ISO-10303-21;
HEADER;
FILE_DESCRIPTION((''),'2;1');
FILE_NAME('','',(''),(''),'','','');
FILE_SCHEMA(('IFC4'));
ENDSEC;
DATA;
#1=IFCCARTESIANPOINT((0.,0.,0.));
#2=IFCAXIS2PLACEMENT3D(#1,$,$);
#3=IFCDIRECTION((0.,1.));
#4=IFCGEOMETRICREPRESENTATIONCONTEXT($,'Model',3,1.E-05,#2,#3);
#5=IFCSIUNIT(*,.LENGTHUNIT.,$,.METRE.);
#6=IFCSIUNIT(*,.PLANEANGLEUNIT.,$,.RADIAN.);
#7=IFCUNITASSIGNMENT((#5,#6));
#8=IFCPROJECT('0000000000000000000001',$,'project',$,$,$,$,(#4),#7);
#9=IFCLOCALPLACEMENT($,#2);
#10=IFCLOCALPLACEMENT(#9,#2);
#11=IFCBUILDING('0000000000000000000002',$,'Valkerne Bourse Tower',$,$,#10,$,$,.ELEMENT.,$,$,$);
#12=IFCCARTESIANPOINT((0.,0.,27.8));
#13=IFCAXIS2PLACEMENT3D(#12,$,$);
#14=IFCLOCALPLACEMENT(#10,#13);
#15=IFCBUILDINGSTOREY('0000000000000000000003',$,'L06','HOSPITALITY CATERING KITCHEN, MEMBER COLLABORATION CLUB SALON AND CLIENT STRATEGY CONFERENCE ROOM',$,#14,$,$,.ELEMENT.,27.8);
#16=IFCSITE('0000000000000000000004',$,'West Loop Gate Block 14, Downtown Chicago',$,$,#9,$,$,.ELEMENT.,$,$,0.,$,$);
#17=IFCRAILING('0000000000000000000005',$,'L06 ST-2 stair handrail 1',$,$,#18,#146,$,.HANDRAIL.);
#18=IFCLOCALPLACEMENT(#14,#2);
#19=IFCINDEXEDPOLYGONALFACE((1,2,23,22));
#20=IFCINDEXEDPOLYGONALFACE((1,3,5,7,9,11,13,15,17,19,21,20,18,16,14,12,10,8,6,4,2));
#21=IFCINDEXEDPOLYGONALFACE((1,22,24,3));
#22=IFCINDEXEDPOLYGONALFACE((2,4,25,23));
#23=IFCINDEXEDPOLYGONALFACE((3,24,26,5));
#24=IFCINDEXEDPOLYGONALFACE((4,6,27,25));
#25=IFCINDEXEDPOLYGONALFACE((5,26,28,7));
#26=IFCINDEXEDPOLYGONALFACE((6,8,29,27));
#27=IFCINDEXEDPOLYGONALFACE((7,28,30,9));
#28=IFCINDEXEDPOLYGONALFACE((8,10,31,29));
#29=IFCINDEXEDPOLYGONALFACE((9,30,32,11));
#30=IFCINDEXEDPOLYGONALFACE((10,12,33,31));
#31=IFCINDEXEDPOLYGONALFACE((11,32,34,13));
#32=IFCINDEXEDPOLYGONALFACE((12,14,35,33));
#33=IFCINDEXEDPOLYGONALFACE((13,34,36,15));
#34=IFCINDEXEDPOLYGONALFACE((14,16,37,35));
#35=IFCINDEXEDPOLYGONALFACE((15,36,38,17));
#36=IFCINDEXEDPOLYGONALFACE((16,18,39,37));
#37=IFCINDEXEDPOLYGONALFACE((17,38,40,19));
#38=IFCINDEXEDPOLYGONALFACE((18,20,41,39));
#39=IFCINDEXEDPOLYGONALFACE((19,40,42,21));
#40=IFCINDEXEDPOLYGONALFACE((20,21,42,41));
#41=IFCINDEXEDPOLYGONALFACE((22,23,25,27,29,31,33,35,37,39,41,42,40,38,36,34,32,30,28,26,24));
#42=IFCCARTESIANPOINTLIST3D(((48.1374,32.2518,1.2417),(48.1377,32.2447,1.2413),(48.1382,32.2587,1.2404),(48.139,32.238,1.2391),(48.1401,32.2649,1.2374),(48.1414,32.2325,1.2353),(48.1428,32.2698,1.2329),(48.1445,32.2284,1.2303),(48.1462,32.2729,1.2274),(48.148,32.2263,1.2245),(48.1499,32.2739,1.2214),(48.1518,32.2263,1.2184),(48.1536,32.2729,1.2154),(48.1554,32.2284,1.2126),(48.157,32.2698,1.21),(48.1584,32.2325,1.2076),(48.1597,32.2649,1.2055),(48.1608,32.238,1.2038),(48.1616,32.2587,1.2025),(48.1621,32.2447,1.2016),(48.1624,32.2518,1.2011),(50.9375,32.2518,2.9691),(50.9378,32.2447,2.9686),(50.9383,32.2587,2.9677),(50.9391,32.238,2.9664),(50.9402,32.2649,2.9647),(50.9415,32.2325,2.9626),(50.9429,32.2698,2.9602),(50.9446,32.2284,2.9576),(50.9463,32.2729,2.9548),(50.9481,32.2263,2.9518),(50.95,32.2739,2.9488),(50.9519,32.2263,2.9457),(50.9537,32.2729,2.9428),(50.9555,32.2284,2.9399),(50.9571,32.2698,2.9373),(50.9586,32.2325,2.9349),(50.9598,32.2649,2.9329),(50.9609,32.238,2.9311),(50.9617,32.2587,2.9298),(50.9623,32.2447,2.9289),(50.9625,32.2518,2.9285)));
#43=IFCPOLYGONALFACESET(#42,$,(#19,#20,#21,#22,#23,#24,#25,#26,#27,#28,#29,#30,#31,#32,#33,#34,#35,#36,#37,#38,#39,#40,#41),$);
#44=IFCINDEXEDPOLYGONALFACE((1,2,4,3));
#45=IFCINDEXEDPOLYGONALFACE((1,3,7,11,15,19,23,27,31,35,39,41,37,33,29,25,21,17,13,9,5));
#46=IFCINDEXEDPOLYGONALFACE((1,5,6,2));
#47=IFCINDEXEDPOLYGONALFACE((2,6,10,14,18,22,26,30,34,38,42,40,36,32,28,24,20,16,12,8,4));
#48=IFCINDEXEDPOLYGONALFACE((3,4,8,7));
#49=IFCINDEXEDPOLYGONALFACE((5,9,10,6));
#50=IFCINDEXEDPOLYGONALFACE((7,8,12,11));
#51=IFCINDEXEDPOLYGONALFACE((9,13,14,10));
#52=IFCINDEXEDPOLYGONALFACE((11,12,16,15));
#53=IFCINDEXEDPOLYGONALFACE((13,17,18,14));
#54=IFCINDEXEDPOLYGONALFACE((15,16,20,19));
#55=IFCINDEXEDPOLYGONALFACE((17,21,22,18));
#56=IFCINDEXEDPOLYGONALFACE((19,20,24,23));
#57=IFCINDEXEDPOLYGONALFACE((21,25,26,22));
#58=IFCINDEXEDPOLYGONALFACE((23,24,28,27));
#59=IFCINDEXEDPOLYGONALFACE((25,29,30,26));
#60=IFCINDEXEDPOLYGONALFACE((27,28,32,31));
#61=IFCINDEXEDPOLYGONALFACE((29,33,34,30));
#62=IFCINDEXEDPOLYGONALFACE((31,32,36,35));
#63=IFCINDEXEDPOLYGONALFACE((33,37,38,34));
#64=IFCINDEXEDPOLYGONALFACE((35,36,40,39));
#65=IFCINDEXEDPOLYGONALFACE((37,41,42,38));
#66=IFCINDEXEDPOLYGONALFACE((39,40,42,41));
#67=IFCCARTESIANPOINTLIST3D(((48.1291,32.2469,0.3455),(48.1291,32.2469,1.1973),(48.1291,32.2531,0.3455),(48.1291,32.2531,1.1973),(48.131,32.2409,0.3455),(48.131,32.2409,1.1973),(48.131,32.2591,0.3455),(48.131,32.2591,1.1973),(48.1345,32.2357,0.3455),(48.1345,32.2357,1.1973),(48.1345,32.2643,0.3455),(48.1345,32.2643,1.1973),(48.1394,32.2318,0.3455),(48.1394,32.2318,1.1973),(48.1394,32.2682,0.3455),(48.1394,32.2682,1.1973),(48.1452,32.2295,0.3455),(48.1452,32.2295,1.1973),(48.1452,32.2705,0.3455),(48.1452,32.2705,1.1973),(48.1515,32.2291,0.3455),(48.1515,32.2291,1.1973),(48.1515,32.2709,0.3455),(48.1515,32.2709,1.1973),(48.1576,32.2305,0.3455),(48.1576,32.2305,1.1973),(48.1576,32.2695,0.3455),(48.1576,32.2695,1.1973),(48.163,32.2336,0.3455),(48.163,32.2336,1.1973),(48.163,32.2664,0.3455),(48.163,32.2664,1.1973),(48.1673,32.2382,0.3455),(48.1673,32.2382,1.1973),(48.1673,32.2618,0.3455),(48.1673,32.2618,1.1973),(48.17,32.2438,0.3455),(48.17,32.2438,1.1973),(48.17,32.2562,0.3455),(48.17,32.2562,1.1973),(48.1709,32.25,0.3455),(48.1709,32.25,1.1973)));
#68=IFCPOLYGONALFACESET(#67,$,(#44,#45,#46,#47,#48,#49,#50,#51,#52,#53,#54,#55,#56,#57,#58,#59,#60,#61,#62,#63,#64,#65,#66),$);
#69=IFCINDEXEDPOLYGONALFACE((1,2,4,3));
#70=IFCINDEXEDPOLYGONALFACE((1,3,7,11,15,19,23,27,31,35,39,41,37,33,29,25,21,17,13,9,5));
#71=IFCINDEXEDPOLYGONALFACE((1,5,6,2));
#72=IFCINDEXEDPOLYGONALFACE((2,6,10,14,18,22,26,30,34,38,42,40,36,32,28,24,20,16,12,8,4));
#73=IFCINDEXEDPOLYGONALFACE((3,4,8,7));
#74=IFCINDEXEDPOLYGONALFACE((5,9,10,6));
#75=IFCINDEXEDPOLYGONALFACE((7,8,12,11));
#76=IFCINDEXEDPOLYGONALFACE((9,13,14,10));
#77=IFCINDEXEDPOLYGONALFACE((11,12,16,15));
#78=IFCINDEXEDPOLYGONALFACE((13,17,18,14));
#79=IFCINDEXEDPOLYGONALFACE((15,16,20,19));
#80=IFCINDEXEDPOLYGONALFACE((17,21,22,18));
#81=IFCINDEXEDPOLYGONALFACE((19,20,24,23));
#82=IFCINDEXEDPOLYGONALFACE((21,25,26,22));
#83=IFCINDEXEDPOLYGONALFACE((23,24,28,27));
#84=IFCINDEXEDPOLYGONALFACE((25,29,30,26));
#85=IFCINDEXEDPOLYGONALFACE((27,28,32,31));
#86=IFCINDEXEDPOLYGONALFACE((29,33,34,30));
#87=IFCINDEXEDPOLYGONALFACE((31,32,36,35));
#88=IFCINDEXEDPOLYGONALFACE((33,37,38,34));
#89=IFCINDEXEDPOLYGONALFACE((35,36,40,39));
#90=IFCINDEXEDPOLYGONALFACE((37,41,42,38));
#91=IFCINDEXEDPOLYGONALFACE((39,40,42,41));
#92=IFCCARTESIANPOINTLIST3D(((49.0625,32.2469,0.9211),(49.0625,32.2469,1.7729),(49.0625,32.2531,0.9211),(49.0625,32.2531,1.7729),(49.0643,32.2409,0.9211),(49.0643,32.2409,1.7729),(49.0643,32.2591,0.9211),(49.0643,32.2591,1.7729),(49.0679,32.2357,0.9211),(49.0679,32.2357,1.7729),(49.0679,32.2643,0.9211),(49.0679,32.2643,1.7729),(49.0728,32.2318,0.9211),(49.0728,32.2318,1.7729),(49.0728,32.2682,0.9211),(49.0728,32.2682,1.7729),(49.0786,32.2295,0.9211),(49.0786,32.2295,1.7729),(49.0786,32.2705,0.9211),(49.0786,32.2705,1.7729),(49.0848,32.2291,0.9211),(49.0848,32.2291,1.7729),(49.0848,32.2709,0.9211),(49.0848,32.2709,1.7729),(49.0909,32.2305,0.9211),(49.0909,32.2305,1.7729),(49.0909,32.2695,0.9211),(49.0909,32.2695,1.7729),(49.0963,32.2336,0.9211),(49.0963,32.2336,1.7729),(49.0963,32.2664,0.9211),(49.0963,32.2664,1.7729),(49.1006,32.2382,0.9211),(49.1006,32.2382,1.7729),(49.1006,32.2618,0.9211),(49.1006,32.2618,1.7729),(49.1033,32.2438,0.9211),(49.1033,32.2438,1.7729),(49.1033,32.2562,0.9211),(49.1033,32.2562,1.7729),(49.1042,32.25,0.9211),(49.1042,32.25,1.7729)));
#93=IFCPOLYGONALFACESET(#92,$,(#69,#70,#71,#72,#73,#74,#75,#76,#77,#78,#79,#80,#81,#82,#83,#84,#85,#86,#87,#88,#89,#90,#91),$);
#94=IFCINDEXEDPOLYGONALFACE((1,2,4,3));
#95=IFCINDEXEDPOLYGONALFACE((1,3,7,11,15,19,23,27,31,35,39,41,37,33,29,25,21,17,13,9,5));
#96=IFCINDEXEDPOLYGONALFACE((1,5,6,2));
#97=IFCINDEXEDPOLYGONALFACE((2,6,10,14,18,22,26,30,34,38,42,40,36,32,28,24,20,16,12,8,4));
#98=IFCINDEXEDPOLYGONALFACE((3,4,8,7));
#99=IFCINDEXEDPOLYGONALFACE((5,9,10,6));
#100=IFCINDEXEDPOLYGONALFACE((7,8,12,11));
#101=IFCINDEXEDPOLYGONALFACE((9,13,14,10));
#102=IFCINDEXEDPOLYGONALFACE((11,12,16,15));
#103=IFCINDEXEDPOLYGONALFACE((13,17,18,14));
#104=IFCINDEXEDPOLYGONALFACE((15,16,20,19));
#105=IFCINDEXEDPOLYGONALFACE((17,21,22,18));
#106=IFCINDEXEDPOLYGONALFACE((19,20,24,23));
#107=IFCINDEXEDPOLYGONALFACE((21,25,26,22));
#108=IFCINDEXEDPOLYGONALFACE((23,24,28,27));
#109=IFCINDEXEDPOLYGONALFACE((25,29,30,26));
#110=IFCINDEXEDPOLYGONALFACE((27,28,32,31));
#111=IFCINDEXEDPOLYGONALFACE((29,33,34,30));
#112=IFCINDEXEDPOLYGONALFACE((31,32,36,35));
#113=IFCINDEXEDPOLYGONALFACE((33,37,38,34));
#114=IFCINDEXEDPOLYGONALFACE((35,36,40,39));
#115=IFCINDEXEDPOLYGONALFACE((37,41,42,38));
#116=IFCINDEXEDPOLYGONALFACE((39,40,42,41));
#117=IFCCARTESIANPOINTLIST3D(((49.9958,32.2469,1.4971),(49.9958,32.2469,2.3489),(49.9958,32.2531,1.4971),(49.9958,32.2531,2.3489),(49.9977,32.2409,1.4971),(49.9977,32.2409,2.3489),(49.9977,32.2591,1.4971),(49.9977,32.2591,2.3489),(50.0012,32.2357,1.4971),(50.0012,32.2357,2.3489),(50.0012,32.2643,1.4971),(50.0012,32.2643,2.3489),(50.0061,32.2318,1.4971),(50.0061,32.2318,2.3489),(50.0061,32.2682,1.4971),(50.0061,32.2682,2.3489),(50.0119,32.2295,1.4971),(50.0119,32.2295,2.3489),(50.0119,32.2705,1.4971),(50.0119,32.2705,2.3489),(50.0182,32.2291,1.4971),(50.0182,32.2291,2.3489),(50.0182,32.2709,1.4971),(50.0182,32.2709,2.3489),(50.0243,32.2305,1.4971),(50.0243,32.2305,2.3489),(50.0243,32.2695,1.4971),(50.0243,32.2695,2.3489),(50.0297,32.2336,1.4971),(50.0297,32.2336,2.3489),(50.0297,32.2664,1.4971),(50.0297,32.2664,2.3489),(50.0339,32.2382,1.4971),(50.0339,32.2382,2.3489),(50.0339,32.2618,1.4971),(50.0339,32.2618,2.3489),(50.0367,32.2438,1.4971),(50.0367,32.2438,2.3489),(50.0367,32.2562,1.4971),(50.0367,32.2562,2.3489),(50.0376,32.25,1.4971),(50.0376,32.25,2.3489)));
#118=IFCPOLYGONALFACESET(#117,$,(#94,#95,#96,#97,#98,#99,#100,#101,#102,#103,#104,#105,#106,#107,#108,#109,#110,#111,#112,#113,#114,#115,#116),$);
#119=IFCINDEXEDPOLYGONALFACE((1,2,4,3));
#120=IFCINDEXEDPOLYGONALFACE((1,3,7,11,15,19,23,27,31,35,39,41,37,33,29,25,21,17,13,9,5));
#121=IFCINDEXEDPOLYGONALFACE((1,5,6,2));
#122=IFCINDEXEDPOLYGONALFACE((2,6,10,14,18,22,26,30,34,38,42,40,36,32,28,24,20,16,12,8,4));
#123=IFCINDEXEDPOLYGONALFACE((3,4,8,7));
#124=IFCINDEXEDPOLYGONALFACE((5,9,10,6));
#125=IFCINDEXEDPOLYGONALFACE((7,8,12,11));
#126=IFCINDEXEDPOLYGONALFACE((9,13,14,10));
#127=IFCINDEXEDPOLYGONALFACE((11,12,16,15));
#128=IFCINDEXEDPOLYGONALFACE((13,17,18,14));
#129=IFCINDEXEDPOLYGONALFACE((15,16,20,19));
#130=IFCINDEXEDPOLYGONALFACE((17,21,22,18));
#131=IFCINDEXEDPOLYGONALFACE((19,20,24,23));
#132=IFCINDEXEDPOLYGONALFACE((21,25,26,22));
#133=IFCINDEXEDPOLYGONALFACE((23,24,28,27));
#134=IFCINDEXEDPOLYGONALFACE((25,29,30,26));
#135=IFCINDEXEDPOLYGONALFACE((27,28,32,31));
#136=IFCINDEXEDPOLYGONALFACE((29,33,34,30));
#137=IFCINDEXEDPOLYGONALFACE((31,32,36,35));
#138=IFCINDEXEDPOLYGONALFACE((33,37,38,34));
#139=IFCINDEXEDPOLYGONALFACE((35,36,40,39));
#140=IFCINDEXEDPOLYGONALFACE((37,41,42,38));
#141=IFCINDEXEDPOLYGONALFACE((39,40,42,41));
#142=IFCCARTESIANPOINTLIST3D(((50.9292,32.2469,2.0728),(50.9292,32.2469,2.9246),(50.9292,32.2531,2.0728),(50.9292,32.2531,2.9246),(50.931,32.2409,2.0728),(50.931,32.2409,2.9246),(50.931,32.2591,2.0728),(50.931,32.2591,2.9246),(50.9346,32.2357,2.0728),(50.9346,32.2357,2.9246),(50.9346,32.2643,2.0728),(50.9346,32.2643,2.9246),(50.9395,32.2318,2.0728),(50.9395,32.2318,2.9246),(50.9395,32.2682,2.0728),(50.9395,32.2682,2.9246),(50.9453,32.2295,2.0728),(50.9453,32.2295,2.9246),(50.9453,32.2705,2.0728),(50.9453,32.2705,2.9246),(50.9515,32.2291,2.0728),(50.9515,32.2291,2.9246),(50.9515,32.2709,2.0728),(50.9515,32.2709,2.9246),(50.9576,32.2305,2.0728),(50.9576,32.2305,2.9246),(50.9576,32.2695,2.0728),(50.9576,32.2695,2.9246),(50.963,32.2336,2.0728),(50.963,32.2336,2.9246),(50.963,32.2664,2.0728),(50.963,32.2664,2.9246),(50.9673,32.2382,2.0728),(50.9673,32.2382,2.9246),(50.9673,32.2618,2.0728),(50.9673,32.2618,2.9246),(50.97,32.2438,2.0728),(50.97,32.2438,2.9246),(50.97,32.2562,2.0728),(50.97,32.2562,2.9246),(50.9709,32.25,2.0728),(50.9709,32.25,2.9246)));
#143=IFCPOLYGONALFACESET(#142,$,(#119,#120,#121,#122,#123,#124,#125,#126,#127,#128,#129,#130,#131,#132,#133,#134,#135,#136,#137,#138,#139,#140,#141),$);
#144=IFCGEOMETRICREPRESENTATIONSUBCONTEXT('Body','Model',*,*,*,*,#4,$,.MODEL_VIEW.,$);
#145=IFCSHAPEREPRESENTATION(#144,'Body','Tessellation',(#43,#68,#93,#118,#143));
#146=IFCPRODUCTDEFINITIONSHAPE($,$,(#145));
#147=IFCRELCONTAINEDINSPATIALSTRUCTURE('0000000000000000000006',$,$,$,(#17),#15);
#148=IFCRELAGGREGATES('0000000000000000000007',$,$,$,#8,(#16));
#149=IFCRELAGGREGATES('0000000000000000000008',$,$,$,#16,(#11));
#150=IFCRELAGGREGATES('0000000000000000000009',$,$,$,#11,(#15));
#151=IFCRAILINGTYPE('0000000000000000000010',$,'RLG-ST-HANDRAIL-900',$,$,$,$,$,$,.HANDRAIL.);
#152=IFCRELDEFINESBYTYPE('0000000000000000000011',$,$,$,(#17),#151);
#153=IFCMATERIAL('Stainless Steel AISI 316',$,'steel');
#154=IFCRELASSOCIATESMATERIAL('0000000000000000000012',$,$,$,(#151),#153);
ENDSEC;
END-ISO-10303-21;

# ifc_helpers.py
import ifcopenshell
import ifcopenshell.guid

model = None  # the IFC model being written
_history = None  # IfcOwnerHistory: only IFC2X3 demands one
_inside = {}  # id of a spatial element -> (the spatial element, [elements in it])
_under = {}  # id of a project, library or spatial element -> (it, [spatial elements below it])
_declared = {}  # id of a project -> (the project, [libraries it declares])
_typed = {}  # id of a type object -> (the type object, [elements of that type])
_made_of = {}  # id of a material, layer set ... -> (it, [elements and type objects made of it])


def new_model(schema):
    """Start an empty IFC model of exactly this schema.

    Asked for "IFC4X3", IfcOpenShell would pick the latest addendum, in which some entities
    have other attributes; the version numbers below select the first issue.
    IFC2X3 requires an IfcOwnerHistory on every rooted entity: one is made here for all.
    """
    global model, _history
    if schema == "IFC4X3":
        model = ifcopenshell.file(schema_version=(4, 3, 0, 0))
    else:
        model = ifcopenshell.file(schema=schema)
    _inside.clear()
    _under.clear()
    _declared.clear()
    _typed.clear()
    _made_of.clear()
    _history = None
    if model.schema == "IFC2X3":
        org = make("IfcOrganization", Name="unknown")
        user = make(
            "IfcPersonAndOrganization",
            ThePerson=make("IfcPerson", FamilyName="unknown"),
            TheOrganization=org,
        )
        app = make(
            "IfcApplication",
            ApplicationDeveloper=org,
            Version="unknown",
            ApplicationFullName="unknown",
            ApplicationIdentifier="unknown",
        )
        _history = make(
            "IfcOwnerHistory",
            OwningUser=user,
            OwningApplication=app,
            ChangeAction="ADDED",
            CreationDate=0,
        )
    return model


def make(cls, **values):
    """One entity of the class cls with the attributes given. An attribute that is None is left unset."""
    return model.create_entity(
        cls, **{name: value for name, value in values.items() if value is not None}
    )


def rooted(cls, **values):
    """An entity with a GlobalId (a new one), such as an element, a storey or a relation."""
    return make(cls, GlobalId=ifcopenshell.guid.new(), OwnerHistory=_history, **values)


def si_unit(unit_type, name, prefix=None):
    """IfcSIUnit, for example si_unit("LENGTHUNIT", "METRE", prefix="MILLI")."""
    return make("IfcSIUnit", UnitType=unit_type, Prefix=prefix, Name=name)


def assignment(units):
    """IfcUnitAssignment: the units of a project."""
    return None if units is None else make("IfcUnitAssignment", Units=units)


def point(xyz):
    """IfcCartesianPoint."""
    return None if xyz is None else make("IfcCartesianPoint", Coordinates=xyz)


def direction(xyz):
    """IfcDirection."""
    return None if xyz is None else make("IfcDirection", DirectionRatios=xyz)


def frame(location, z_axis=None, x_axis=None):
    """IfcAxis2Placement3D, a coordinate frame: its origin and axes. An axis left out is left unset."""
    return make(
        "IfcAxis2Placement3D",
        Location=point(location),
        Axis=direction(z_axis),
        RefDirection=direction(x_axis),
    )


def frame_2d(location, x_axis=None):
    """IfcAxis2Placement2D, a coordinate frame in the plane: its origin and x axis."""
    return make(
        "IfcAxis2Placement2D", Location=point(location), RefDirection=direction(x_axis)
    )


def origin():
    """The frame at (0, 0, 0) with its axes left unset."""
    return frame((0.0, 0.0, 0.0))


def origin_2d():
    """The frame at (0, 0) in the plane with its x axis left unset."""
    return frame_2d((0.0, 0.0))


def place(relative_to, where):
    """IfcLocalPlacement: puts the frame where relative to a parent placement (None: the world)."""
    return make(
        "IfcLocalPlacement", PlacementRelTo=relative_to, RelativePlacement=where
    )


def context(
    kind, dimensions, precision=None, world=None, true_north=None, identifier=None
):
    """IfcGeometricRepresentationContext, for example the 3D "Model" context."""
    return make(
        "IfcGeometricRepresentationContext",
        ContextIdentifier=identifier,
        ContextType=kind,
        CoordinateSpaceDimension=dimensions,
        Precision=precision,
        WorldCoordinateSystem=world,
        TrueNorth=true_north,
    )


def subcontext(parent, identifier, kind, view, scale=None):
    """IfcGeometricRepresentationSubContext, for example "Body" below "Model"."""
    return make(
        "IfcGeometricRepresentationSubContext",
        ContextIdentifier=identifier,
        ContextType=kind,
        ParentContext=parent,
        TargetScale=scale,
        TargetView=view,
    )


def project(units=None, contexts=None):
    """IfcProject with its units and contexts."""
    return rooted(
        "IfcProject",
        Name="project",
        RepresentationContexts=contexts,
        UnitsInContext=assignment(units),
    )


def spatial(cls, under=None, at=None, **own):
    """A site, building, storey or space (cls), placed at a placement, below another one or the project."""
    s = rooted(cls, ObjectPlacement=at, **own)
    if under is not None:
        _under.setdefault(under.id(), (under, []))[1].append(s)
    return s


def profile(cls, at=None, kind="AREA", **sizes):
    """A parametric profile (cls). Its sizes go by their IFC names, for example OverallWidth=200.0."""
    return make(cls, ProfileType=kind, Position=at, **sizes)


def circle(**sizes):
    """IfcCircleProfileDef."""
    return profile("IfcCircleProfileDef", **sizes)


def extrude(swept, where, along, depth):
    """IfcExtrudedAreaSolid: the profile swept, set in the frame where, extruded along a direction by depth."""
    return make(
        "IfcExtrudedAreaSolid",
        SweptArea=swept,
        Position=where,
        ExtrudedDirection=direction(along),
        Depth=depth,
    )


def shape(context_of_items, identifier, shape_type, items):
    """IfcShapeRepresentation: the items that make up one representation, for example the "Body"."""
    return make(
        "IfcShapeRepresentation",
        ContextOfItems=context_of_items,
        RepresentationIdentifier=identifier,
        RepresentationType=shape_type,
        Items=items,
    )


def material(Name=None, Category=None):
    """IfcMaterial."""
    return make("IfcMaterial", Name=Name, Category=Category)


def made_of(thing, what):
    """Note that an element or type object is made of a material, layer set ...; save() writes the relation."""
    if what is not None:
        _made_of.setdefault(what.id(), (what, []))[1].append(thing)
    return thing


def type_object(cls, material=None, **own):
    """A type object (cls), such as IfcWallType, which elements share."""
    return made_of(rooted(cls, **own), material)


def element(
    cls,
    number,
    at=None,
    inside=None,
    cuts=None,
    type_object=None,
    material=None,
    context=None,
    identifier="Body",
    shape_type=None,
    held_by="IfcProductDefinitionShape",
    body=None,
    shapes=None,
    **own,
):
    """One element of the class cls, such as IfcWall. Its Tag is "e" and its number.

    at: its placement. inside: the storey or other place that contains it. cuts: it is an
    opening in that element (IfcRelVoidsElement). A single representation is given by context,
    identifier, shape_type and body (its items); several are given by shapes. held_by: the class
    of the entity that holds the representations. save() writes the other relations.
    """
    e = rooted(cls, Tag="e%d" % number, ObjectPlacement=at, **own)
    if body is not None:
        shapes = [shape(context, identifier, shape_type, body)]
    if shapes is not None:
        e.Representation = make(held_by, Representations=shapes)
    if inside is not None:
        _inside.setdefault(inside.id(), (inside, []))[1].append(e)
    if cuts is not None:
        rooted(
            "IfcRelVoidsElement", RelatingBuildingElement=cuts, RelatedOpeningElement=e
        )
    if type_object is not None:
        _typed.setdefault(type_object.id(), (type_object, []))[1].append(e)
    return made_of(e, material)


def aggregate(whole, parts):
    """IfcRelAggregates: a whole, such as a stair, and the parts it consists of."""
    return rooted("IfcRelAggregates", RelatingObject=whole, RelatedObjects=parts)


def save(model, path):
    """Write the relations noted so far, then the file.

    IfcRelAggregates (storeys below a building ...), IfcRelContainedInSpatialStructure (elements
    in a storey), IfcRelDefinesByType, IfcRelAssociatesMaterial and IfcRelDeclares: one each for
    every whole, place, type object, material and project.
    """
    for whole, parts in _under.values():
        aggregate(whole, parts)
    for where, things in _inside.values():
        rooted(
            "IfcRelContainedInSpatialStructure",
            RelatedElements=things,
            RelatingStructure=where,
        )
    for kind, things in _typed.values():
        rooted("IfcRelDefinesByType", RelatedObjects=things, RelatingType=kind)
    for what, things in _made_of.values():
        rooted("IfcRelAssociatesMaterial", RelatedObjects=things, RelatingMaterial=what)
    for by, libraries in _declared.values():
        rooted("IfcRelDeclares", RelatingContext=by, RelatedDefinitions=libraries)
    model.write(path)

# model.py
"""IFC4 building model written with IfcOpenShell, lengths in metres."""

from ifc_helpers import new_model, si_unit, direction, frame, origin, origin_2d, place, context, subcontext, project, spatial, circle, extrude, material, type_object, element, save


model = new_model("IFC4")

# Units and contexts
model_context = context("Model", 3, precision=1e-05, world=origin(), true_north=direction((0.0, 1.0)))
body_context = subcontext(model_context, "Body", "Model", "MODEL_VIEW")
ifc_project = project(units=[si_unit("LENGTHUNIT", "METRE"), si_unit("PLANEANGLEUNIT", "RADIAN")], contexts=[model_context])

# Site, building, storey
site_placement = place(None, origin())
site = spatial("IfcSite", under=ifc_project, at=site_placement, Name="West Loop Gate Block 14, Downtown Chicago", CompositionType="ELEMENT", RefElevation=0.0)
building_placement = place(site_placement, origin())
building = spatial("IfcBuilding", under=site, at=building_placement, Name="Valkerne Bourse Tower", CompositionType="ELEMENT")
storey_placement = place(building_placement, frame((0.0, 0.0, 27.8)))
storey = spatial("IfcBuildingStorey", under=building, at=storey_placement, Name="L06", Description="HOSPITALITY CATERING KITCHEN, MEMBER COLLABORATION CLUB SALON AND CLIENT STRATEGY CONFERENCE ROOM", CompositionType="ELEMENT", Elevation=27.8)

# Shared definitions
ifc_material_1 = material(Name="Stainless Steel AISI 316", Category="steel")

# Railing
railing_type_1 = type_object("IfcRailingType", Name="RLG-ST-HANDRAIL-900", PredefinedType="HANDRAIL", material=ifc_material_1)
railing_1_placement = place(storey_placement, frame((48.1499, 32.25, 0.3455)))
element("IfcRailing", 1, at=railing_1_placement, inside=storey, type_object=railing_type_1, Name="L06 ST-2 stair handrail 1", PredefinedType="HANDRAIL", context=body_context, shape_type="SweptSolid", body=[
    extrude(circle(Radius=0.0239, at=origin_2d()), frame((0.0, 0.0, 0.876), z_axis=(0.85109, 0.0, 0.52502), x_axis=(0.0, 1.0, 0.0)), (0.0, 0.0, 1.0), 3.29),
    extrude(circle(Radius=0.021, at=origin_2d()), origin(), (0.0, 0.0, 1.0), 0.8518),
    extrude(circle(Radius=0.021, at=origin_2d()), frame((0.9333, 0.0, 0.5757)), (0.0, 0.0, 1.0), 0.8518),
    extrude(circle(Radius=0.021, at=origin_2d()), frame((1.8667, 0.0, 1.1516)), (0.0, 0.0, 1.0), 0.8518),
    extrude(circle(Radius=0.021, at=origin_2d()), frame((2.8, 0.0, 1.7273)), (0.0, 0.0, 1.0), 0.8518),
])

save(model, "model.ifc")
